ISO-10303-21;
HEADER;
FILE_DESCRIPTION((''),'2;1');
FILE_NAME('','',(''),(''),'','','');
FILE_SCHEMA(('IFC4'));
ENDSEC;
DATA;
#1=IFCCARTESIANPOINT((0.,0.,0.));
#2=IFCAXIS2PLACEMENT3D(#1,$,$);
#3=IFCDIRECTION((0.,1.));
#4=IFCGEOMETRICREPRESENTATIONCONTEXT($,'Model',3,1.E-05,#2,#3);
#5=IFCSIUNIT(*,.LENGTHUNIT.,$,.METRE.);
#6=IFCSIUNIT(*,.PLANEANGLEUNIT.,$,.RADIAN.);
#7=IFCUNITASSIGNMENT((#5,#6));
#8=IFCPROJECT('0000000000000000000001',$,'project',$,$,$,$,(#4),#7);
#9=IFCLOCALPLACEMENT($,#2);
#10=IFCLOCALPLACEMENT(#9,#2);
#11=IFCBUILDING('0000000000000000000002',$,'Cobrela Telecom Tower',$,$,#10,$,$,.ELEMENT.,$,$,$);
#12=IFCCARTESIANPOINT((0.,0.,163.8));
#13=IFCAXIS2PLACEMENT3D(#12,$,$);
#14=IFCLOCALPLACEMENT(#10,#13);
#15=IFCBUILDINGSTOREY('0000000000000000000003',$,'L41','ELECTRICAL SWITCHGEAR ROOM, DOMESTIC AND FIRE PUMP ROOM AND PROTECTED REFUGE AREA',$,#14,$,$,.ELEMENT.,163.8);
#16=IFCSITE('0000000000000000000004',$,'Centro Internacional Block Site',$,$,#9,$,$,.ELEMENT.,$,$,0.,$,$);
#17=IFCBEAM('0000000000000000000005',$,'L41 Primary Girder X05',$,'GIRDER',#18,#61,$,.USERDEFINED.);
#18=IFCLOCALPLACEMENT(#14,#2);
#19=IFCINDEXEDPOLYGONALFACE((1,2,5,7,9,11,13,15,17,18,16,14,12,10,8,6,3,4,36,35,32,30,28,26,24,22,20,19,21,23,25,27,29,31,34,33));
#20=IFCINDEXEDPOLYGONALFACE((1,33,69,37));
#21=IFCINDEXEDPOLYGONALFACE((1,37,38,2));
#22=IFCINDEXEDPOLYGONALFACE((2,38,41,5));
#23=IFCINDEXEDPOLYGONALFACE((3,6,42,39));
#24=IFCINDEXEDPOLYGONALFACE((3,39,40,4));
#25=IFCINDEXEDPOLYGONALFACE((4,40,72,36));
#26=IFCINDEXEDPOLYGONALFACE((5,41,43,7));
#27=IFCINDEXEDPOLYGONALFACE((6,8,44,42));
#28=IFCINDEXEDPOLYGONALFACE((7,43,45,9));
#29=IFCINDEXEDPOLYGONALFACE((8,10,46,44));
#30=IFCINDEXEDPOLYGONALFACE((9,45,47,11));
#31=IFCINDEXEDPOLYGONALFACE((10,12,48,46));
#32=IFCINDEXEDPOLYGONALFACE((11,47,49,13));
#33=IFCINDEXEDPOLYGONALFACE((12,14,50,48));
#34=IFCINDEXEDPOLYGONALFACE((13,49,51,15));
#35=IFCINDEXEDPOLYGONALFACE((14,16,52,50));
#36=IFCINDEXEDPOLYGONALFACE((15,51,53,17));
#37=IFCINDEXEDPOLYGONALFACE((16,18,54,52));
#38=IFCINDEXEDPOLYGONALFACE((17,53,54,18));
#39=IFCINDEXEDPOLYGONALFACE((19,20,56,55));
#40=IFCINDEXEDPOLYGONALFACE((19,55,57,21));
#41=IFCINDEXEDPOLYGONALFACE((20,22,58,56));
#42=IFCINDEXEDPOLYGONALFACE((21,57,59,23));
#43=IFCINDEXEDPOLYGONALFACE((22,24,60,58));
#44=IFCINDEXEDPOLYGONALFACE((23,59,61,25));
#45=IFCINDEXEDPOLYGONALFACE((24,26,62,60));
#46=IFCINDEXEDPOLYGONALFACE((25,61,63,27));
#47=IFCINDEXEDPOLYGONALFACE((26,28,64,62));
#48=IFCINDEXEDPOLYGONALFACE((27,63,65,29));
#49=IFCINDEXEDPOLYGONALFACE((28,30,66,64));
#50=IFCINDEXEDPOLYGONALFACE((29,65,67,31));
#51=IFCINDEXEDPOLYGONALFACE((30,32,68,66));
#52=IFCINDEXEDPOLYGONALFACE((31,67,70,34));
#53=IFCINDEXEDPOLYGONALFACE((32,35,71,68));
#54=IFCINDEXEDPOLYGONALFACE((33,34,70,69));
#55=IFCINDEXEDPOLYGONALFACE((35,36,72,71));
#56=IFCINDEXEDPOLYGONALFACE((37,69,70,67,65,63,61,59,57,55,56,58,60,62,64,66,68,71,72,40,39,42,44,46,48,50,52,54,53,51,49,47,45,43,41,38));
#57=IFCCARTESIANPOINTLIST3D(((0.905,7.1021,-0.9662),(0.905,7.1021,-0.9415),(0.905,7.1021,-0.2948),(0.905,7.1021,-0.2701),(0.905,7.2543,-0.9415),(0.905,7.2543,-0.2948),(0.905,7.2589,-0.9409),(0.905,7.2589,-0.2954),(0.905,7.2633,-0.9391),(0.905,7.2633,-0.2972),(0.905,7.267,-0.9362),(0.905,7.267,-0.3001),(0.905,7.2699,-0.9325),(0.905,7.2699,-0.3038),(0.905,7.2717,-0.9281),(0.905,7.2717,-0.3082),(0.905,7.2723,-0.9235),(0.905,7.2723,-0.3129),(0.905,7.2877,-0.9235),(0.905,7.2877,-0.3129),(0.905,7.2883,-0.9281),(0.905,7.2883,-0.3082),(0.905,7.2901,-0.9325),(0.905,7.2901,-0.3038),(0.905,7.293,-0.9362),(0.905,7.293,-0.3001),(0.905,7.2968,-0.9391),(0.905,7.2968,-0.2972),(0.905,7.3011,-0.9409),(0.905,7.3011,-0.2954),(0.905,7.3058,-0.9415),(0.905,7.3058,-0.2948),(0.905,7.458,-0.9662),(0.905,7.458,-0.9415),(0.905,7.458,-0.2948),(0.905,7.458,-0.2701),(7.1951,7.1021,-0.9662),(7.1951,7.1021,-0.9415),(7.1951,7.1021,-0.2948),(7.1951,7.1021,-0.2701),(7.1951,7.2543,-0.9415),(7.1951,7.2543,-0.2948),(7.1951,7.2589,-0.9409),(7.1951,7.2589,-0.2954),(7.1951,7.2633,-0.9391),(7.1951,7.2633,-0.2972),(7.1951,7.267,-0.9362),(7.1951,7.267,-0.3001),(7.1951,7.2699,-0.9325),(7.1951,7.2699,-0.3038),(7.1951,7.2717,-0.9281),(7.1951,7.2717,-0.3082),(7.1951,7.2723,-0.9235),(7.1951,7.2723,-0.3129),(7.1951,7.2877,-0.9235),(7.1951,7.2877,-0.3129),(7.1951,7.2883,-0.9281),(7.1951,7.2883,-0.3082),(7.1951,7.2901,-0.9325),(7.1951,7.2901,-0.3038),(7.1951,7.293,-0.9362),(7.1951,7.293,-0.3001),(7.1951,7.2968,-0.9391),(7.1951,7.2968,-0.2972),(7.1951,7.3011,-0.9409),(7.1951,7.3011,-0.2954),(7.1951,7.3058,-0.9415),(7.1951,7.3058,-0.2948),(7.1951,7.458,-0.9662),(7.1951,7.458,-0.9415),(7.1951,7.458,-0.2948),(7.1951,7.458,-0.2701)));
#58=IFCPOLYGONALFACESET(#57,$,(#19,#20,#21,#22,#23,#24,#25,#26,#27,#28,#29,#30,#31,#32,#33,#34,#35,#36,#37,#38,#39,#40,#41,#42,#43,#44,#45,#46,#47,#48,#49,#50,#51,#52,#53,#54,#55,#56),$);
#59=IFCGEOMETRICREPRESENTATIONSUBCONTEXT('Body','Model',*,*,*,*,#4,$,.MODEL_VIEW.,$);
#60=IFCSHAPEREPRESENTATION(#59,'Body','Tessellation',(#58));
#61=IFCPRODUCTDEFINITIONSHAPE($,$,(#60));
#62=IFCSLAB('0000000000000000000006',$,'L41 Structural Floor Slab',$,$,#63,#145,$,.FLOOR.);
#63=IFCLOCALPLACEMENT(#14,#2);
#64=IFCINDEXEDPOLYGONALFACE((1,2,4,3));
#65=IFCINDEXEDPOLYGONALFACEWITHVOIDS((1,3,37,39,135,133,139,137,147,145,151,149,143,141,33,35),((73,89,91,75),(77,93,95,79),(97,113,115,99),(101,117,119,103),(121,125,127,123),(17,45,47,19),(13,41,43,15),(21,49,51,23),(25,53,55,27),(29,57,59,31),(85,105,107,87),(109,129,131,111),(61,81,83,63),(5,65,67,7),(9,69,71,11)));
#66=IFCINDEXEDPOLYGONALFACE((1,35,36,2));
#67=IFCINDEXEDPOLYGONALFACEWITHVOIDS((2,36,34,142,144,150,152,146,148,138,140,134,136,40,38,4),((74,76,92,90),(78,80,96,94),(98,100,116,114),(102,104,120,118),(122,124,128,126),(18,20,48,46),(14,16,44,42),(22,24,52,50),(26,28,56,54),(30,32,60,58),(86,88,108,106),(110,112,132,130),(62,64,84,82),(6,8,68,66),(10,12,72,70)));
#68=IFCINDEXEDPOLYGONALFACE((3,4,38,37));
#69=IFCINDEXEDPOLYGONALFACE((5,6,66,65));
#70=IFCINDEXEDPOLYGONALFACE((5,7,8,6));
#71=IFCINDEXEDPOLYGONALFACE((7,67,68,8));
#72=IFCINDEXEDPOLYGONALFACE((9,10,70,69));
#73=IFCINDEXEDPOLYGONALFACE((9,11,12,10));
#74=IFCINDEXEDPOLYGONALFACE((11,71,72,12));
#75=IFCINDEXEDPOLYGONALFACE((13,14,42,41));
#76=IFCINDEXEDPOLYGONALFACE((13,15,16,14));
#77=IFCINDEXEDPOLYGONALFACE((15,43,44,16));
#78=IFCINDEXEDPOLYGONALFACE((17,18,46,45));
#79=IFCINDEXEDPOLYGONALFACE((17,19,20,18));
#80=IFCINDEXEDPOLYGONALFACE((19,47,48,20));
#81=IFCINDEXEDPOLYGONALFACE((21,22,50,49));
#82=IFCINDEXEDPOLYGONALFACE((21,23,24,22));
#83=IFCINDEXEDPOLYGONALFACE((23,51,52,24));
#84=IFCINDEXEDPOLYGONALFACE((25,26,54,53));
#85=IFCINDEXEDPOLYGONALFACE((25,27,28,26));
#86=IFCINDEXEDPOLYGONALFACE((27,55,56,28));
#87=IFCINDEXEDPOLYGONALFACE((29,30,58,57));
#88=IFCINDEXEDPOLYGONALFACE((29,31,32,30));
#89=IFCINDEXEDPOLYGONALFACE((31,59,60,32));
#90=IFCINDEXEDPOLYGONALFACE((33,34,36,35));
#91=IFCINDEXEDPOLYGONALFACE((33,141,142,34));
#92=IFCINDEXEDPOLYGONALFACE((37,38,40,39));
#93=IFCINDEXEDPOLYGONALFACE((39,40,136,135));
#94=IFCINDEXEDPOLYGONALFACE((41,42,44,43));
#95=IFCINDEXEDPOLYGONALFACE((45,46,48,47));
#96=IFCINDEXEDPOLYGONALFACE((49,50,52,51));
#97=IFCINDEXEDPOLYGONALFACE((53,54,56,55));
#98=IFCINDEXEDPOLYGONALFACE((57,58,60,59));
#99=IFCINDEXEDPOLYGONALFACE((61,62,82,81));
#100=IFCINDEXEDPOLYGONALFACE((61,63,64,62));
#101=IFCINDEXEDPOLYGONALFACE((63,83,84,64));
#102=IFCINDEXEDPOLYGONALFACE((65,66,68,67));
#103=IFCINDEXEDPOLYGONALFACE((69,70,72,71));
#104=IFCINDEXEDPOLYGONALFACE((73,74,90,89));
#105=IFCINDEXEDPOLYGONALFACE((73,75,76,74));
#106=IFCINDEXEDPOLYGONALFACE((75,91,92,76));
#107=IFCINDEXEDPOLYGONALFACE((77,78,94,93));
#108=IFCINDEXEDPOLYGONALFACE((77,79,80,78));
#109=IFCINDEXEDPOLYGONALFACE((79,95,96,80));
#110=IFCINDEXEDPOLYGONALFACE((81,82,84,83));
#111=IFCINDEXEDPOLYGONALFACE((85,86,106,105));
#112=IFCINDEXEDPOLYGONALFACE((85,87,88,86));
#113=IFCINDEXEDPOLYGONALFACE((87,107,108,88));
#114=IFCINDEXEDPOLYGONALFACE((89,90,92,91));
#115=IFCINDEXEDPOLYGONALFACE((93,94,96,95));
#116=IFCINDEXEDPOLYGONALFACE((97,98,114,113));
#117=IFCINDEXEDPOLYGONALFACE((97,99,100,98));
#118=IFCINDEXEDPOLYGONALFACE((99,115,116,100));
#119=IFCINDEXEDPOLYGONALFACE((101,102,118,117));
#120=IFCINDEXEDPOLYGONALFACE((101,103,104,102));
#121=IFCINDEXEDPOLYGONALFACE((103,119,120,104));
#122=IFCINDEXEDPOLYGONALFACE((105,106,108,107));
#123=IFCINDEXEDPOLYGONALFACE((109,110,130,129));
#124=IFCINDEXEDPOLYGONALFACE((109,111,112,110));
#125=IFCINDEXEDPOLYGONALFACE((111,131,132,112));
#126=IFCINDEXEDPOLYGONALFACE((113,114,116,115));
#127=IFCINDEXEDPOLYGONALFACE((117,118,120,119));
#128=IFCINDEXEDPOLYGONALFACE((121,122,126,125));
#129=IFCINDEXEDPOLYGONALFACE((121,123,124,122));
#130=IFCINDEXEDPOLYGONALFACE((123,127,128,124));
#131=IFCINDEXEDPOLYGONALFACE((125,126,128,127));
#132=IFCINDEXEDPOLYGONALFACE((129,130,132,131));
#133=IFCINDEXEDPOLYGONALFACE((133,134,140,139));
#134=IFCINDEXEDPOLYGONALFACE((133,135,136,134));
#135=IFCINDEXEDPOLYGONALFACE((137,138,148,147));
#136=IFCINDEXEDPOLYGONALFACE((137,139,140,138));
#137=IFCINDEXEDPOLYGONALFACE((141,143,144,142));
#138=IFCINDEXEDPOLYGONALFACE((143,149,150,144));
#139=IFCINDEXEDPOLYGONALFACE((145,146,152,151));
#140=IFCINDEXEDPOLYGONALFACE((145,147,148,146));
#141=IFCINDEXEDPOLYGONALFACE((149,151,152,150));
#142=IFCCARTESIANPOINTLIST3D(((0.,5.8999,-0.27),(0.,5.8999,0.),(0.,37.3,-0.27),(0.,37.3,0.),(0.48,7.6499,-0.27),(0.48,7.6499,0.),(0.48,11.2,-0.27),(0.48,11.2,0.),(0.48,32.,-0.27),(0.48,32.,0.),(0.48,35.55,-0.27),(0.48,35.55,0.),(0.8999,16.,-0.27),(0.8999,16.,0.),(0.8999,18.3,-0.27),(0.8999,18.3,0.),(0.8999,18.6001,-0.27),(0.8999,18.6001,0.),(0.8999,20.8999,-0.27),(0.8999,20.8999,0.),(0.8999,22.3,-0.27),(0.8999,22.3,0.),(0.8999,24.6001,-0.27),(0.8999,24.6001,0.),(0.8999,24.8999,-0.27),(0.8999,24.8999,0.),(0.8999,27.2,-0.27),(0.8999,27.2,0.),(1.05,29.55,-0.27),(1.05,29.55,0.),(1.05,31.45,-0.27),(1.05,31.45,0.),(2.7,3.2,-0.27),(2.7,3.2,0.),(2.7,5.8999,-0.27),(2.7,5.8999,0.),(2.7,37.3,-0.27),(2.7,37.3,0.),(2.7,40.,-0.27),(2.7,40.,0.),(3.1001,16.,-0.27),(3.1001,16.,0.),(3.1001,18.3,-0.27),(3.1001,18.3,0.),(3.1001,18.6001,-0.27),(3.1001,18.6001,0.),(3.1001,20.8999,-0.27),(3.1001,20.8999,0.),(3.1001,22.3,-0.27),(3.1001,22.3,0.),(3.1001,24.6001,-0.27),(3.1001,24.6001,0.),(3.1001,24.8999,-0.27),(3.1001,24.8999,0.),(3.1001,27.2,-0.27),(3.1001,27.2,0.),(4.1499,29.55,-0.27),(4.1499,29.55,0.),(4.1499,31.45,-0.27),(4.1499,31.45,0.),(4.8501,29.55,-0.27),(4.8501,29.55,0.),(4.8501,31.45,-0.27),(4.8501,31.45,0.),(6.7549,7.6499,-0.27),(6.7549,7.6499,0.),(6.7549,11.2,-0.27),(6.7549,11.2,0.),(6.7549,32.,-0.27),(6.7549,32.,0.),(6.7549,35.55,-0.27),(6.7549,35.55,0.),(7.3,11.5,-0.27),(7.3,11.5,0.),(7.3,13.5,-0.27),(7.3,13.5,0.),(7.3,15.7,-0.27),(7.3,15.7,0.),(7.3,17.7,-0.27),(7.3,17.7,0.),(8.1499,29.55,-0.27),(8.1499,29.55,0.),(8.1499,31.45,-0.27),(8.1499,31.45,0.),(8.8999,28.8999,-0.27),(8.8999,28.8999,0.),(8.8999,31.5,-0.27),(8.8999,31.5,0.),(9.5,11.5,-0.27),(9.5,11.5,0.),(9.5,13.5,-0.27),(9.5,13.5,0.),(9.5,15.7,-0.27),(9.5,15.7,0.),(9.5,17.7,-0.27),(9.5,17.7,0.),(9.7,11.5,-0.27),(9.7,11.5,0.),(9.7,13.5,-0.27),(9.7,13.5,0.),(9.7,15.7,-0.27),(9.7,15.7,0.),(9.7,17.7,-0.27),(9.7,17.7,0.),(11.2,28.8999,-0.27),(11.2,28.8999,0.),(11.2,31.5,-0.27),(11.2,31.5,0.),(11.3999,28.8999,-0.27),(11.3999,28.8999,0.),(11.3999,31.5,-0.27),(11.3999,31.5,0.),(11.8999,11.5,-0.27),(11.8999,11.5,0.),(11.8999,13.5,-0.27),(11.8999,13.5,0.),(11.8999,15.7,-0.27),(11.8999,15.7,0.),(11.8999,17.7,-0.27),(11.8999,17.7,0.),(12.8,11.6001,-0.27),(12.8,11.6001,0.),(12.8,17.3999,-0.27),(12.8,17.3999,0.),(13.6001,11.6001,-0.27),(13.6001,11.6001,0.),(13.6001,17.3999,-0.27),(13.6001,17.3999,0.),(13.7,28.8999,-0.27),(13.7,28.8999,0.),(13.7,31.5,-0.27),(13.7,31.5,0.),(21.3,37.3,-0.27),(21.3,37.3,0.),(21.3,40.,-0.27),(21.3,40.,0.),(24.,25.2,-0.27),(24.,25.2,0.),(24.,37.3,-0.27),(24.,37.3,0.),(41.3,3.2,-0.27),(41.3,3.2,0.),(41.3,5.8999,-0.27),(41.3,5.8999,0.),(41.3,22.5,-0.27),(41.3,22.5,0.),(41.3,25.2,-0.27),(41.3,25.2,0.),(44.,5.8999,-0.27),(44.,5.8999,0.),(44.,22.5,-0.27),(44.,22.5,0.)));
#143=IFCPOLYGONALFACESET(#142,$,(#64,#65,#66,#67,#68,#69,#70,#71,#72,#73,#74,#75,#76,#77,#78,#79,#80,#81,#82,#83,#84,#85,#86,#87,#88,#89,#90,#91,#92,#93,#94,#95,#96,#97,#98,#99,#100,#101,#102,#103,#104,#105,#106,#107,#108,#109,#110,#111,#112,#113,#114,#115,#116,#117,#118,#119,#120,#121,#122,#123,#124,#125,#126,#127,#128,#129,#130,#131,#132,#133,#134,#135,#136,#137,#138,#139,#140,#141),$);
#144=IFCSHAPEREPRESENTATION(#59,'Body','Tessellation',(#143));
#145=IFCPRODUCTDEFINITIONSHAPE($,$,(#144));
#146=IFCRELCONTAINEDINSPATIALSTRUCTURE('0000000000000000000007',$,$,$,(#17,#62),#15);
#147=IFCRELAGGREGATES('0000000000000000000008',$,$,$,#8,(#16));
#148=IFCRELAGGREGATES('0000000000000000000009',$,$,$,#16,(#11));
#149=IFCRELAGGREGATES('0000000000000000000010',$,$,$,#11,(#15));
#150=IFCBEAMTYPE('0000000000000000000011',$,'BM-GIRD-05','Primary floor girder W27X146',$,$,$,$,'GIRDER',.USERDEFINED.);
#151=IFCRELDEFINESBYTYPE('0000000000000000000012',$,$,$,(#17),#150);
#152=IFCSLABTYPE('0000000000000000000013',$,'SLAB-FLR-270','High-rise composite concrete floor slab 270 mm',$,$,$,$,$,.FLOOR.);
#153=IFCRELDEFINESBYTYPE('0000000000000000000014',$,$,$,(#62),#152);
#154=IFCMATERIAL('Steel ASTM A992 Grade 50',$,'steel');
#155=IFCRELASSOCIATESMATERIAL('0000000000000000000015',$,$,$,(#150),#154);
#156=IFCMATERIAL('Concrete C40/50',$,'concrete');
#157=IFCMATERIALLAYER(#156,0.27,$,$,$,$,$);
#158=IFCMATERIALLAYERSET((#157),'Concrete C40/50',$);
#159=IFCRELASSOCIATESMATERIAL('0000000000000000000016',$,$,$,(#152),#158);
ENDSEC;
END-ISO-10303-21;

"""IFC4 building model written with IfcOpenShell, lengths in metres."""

from ifc_helpers import new_model, si_unit, direction, frame, origin, origin_2d, place, context, subcontext, project, spatial, polyline, i_section, outline, extrude, material, layer, layer_set, material_profile, profile_set, type_object, element, save


model = new_model("IFC4")

# Units and contexts
model_context = context("Model", 3, precision=1e-05, world=origin(), true_north=direction((0.0, 1.0)))
body_context = subcontext(model_context, "Body", "Model", "MODEL_VIEW")
ifc_project = project(units=[si_unit("LENGTHUNIT", "METRE"), si_unit("PLANEANGLEUNIT", "RADIAN")], contexts=[model_context])

# Site, building, storey
site_placement = place(None, origin())
site = spatial("IfcSite", under=ifc_project, at=site_placement, Name="Centro Internacional Block Site", CompositionType="ELEMENT", RefElevation=0.0)
building_placement = place(site_placement, origin())
building = spatial("IfcBuilding", under=site, at=building_placement, Name="Cobrela Telecom Tower", CompositionType="ELEMENT")
storey_placement = place(building_placement, frame((0.0, 0.0, 163.8)))
storey = spatial("IfcBuildingStorey", under=building, at=storey_placement, Name="L41", Description="ELECTRICAL SWITCHGEAR ROOM, DOMESTIC AND FIRE PUMP ROOM AND PROTECTED REFUGE AREA", CompositionType="ELEMENT", Elevation=163.8)

# Beam
ifc_material_1 = material(Name="Steel ASTM A992 Grade 50", Category="steel")
ifc_material_profile = material_profile(ifc_material_1, i_section(OverallWidth=0.356, OverallDepth=0.696, WebThickness=0.0154, FlangeThickness=0.0247, FilletRadius=0.0181, at=origin_2d()), Name="W27X146")
ifc_profile_set = profile_set([ifc_material_profile], Name="Steel ASTM A992 Grade 50")
beam_type = type_object("IfcBeamType", Name="BM-GIRD-05", Description="Primary floor girder W27X146", ElementType="GIRDER", PredefinedType="USERDEFINED", material=ifc_profile_set)
beam_placement = place(storey_placement, frame((0.905, 7.28, -0.6182), z_axis=(1.0, 0.0, 0.0), x_axis=(0.0, 1.0, 0.0)))
element("IfcBeam", 1, at=beam_placement, inside=storey, type_object=beam_type, Name="L41 Primary Girder X05", ObjectType="GIRDER", PredefinedType="USERDEFINED", context=body_context, shape_type="SweptSolid", body=[
    extrude(i_section(OverallWidth=0.356, OverallDepth=0.696, WebThickness=0.0154, FlangeThickness=0.0247, FilletRadius=0.0181, at=origin_2d()), origin(), (0.0, 0.0, 1.0), 6.29),
])

# Slab, openings
ifc_material_2 = material(Name="Concrete C40/50", Category="concrete")
ifc_layer_1 = layer(ifc_material_2, 0.27)
ifc_layer_set_1 = layer_set([ifc_layer_1], Name="Concrete C40/50")
slab_type_1 = type_object("IfcSlabType", Name="SLAB-FLR-270", Description="High-rise composite concrete floor slab 270 mm", PredefinedType="FLOOR", material=ifc_layer_set_1)
slab_1_placement = place(storey_placement, frame((0.0, 0.0, -0.27)))
slab_1 = element("IfcSlab", 2, at=slab_1_placement, inside=storey, type_object=slab_type_1, Name="L41 Structural Floor Slab", PredefinedType="FLOOR", context=body_context, shape_type="SweptSolid", body=[
    extrude(outline(polyline([(2.7, 3.2), (41.3, 3.2), (41.3, 5.8999), (44.0, 5.8999), (44.0, 22.5), (41.3, 22.5), (41.3, 25.2), (24.0, 25.2), (24.0, 37.3), (21.3, 37.3), (21.3, 40.0), (2.7, 40.0), (2.7, 37.3), (0.0, 37.3), (0.0, 5.8999), (2.7, 5.8999), (2.7, 3.2)])), origin(), (0.0, 0.0, 1.0), 0.27),
])
opening_1_placement = place(slab_1_placement, frame((0.0, 0.0, -0.02)))
element("IfcOpeningElement", 3, at=opening_1_placement, cuts=slab_1, PredefinedType="OPENING", context=body_context, shape_type="SweptSolid", body=[
    extrude(outline(polyline([(8.8999, 28.8999), (11.2, 28.8999), (11.2, 31.5), (8.8999, 31.5), (8.8999, 28.8999)])), origin(), (0.0, 0.0, 1.0), 0.3101),
])
opening_2_placement = place(slab_1_placement, frame((0.0, 0.0, -0.02)))
element("IfcOpeningElement", 4, at=opening_2_placement, cuts=slab_1, PredefinedType="OPENING", context=body_context, shape_type="SweptSolid", body=[
    extrude(outline(polyline([(11.3999, 28.8999), (13.7, 28.8999), (13.7, 31.5), (11.3999, 31.5), (11.3999, 28.8999)])), origin(), (0.0, 0.0, 1.0), 0.3101),
])
opening_3_placement = place(slab_1_placement, frame((0.0, 0.0, -0.02)))
element("IfcOpeningElement", 5, at=opening_3_placement, cuts=slab_1, PredefinedType="OPENING", context=body_context, shape_type="SweptSolid", body=[
    extrude(outline(polyline([(7.3, 15.7), (9.5, 15.7), (9.5, 17.7), (7.3, 17.7), (7.3, 15.7)])), origin(), (0.0, 0.0, 1.0), 0.3101),
])
opening_4_placement = place(slab_1_placement, frame((0.0, 0.0, -0.02)))
element("IfcOpeningElement", 6, at=opening_4_placement, cuts=slab_1, PredefinedType="OPENING", context=body_context, shape_type="SweptSolid", body=[
    extrude(outline(polyline([(9.7, 15.7), (11.8999, 15.7), (11.8999, 17.7), (9.7, 17.7), (9.7, 15.7)])), origin(), (0.0, 0.0, 1.0), 0.3101),
])
opening_5_placement = place(slab_1_placement, frame((0.0, 0.0, -0.02)))
element("IfcOpeningElement", 7, at=opening_5_placement, cuts=slab_1, PredefinedType="OPENING", context=body_context, shape_type="SweptSolid", body=[
    extrude(outline(polyline([(7.3, 11.5), (9.5, 11.5), (9.5, 13.5), (7.3, 13.5), (7.3, 11.5)])), origin(), (0.0, 0.0, 1.0), 0.3101),
])
opening_6_placement = place(slab_1_placement, frame((0.0, 0.0, -0.02)))
element("IfcOpeningElement", 8, at=opening_6_placement, cuts=slab_1, PredefinedType="OPENING", context=body_context, shape_type="SweptSolid", body=[
    extrude(outline(polyline([(9.7, 11.5), (11.8999, 11.5), (11.8999, 13.5), (9.7, 13.5), (9.7, 11.5)])), origin(), (0.0, 0.0, 1.0), 0.3101),
])
opening_7_placement = place(slab_1_placement, frame((0.0, 0.0, -0.02)))
element("IfcOpeningElement", 9, at=opening_7_placement, cuts=slab_1, PredefinedType="OPENING", context=body_context, shape_type="SweptSolid", body=[
    extrude(outline(polyline([(0.8999, 16.0), (3.1001, 16.0), (3.1001, 18.3), (0.8999, 18.3), (0.8999, 16.0)])), origin(), (0.0, 0.0, 1.0), 0.3101),
])
opening_8_placement = place(slab_1_placement, frame((0.0, 0.0, -0.02)))
element("IfcOpeningElement", 10, at=opening_8_placement, cuts=slab_1, PredefinedType="OPENING", context=body_context, shape_type="SweptSolid", body=[
    extrude(outline(polyline([(0.8999, 18.6001), (3.1001, 18.6001), (3.1001, 20.8999), (0.8999, 20.8999), (0.8999, 18.6001)])), origin(), (0.0, 0.0, 1.0), 0.3101),
])
opening_9_placement = place(slab_1_placement, frame((0.0, 0.0, -0.02)))
element("IfcOpeningElement", 11, at=opening_9_placement, cuts=slab_1, PredefinedType="OPENING", context=body_context, shape_type="SweptSolid", body=[
    extrude(outline(polyline([(0.8999, 22.3), (3.1001, 22.3), (3.1001, 24.6001), (0.8999, 24.6001), (0.8999, 22.3)])), origin(), (0.0, 0.0, 1.0), 0.3101),
])
opening_10_placement = place(slab_1_placement, frame((0.0, 0.0, -0.02)))
element("IfcOpeningElement", 12, at=opening_10_placement, cuts=slab_1, PredefinedType="OPENING", context=body_context, shape_type="SweptSolid", body=[
    extrude(outline(polyline([(0.8999, 24.8999), (3.1001, 24.8999), (3.1001, 27.2), (0.8999, 27.2), (0.8999, 24.8999)])), origin(), (0.0, 0.0, 1.0), 0.3101),
])
opening_11_placement = place(slab_1_placement, frame((0.0, 0.0, -0.02)))
element("IfcOpeningElement", 13, at=opening_11_placement, cuts=slab_1, PredefinedType="OPENING", context=body_context, shape_type="SweptSolid", body=[
    extrude(outline(polyline([(1.05, 29.55), (4.1499, 29.55), (4.1499, 31.45), (1.05, 31.45), (1.05, 29.55)])), origin(), (0.0, 0.0, 1.0), 0.3101),
])
opening_12_placement = place(slab_1_placement, frame((0.0, 0.0, -0.02)))
element("IfcOpeningElement", 14, at=opening_12_placement, cuts=slab_1, PredefinedType="OPENING", context=body_context, shape_type="SweptSolid", body=[
    extrude(outline(polyline([(4.8501, 29.55), (8.1499, 29.55), (8.1499, 31.45), (4.8501, 31.45), (4.8501, 29.55)])), origin(), (0.0, 0.0, 1.0), 0.3101),
])
opening_13_placement = place(slab_1_placement, frame((0.0, 0.0, -0.02)))
element("IfcOpeningElement", 15, at=opening_13_placement, cuts=slab_1, PredefinedType="OPENING", context=body_context, shape_type="SweptSolid", body=[
    extrude(outline(polyline([(12.8, 11.6001), (13.6001, 11.6001), (13.6001, 17.3999), (12.8, 17.3999), (12.8, 11.6001)])), origin(), (0.0, 0.0, 1.0), 0.3101),
])
opening_14_placement = place(slab_1_placement, frame((0.0, 0.0, -0.02)))
element("IfcOpeningElement", 16, at=opening_14_placement, cuts=slab_1, PredefinedType="OPENING", context=body_context, shape_type="SweptSolid", body=[
    extrude(outline(polyline([(6.7549, 35.55), (0.48, 35.55), (0.48, 32.0), (6.7549, 32.0), (6.7549, 35.55)])), origin(), (0.0, 0.0, 1.0), 0.3101),
])
opening_15_placement = place(slab_1_placement, frame((0.0, 0.0, -0.02)))
element("IfcOpeningElement", 17, at=opening_15_placement, cuts=slab_1, PredefinedType="OPENING", context=body_context, shape_type="SweptSolid", body=[
    extrude(outline(polyline([(6.7549, 11.2), (0.48, 11.2), (0.48, 7.6499), (6.7549, 7.6499), (6.7549, 11.2)])), origin(), (0.0, 0.0, 1.0), 0.3101),
])

save(model, "model.ifc")
